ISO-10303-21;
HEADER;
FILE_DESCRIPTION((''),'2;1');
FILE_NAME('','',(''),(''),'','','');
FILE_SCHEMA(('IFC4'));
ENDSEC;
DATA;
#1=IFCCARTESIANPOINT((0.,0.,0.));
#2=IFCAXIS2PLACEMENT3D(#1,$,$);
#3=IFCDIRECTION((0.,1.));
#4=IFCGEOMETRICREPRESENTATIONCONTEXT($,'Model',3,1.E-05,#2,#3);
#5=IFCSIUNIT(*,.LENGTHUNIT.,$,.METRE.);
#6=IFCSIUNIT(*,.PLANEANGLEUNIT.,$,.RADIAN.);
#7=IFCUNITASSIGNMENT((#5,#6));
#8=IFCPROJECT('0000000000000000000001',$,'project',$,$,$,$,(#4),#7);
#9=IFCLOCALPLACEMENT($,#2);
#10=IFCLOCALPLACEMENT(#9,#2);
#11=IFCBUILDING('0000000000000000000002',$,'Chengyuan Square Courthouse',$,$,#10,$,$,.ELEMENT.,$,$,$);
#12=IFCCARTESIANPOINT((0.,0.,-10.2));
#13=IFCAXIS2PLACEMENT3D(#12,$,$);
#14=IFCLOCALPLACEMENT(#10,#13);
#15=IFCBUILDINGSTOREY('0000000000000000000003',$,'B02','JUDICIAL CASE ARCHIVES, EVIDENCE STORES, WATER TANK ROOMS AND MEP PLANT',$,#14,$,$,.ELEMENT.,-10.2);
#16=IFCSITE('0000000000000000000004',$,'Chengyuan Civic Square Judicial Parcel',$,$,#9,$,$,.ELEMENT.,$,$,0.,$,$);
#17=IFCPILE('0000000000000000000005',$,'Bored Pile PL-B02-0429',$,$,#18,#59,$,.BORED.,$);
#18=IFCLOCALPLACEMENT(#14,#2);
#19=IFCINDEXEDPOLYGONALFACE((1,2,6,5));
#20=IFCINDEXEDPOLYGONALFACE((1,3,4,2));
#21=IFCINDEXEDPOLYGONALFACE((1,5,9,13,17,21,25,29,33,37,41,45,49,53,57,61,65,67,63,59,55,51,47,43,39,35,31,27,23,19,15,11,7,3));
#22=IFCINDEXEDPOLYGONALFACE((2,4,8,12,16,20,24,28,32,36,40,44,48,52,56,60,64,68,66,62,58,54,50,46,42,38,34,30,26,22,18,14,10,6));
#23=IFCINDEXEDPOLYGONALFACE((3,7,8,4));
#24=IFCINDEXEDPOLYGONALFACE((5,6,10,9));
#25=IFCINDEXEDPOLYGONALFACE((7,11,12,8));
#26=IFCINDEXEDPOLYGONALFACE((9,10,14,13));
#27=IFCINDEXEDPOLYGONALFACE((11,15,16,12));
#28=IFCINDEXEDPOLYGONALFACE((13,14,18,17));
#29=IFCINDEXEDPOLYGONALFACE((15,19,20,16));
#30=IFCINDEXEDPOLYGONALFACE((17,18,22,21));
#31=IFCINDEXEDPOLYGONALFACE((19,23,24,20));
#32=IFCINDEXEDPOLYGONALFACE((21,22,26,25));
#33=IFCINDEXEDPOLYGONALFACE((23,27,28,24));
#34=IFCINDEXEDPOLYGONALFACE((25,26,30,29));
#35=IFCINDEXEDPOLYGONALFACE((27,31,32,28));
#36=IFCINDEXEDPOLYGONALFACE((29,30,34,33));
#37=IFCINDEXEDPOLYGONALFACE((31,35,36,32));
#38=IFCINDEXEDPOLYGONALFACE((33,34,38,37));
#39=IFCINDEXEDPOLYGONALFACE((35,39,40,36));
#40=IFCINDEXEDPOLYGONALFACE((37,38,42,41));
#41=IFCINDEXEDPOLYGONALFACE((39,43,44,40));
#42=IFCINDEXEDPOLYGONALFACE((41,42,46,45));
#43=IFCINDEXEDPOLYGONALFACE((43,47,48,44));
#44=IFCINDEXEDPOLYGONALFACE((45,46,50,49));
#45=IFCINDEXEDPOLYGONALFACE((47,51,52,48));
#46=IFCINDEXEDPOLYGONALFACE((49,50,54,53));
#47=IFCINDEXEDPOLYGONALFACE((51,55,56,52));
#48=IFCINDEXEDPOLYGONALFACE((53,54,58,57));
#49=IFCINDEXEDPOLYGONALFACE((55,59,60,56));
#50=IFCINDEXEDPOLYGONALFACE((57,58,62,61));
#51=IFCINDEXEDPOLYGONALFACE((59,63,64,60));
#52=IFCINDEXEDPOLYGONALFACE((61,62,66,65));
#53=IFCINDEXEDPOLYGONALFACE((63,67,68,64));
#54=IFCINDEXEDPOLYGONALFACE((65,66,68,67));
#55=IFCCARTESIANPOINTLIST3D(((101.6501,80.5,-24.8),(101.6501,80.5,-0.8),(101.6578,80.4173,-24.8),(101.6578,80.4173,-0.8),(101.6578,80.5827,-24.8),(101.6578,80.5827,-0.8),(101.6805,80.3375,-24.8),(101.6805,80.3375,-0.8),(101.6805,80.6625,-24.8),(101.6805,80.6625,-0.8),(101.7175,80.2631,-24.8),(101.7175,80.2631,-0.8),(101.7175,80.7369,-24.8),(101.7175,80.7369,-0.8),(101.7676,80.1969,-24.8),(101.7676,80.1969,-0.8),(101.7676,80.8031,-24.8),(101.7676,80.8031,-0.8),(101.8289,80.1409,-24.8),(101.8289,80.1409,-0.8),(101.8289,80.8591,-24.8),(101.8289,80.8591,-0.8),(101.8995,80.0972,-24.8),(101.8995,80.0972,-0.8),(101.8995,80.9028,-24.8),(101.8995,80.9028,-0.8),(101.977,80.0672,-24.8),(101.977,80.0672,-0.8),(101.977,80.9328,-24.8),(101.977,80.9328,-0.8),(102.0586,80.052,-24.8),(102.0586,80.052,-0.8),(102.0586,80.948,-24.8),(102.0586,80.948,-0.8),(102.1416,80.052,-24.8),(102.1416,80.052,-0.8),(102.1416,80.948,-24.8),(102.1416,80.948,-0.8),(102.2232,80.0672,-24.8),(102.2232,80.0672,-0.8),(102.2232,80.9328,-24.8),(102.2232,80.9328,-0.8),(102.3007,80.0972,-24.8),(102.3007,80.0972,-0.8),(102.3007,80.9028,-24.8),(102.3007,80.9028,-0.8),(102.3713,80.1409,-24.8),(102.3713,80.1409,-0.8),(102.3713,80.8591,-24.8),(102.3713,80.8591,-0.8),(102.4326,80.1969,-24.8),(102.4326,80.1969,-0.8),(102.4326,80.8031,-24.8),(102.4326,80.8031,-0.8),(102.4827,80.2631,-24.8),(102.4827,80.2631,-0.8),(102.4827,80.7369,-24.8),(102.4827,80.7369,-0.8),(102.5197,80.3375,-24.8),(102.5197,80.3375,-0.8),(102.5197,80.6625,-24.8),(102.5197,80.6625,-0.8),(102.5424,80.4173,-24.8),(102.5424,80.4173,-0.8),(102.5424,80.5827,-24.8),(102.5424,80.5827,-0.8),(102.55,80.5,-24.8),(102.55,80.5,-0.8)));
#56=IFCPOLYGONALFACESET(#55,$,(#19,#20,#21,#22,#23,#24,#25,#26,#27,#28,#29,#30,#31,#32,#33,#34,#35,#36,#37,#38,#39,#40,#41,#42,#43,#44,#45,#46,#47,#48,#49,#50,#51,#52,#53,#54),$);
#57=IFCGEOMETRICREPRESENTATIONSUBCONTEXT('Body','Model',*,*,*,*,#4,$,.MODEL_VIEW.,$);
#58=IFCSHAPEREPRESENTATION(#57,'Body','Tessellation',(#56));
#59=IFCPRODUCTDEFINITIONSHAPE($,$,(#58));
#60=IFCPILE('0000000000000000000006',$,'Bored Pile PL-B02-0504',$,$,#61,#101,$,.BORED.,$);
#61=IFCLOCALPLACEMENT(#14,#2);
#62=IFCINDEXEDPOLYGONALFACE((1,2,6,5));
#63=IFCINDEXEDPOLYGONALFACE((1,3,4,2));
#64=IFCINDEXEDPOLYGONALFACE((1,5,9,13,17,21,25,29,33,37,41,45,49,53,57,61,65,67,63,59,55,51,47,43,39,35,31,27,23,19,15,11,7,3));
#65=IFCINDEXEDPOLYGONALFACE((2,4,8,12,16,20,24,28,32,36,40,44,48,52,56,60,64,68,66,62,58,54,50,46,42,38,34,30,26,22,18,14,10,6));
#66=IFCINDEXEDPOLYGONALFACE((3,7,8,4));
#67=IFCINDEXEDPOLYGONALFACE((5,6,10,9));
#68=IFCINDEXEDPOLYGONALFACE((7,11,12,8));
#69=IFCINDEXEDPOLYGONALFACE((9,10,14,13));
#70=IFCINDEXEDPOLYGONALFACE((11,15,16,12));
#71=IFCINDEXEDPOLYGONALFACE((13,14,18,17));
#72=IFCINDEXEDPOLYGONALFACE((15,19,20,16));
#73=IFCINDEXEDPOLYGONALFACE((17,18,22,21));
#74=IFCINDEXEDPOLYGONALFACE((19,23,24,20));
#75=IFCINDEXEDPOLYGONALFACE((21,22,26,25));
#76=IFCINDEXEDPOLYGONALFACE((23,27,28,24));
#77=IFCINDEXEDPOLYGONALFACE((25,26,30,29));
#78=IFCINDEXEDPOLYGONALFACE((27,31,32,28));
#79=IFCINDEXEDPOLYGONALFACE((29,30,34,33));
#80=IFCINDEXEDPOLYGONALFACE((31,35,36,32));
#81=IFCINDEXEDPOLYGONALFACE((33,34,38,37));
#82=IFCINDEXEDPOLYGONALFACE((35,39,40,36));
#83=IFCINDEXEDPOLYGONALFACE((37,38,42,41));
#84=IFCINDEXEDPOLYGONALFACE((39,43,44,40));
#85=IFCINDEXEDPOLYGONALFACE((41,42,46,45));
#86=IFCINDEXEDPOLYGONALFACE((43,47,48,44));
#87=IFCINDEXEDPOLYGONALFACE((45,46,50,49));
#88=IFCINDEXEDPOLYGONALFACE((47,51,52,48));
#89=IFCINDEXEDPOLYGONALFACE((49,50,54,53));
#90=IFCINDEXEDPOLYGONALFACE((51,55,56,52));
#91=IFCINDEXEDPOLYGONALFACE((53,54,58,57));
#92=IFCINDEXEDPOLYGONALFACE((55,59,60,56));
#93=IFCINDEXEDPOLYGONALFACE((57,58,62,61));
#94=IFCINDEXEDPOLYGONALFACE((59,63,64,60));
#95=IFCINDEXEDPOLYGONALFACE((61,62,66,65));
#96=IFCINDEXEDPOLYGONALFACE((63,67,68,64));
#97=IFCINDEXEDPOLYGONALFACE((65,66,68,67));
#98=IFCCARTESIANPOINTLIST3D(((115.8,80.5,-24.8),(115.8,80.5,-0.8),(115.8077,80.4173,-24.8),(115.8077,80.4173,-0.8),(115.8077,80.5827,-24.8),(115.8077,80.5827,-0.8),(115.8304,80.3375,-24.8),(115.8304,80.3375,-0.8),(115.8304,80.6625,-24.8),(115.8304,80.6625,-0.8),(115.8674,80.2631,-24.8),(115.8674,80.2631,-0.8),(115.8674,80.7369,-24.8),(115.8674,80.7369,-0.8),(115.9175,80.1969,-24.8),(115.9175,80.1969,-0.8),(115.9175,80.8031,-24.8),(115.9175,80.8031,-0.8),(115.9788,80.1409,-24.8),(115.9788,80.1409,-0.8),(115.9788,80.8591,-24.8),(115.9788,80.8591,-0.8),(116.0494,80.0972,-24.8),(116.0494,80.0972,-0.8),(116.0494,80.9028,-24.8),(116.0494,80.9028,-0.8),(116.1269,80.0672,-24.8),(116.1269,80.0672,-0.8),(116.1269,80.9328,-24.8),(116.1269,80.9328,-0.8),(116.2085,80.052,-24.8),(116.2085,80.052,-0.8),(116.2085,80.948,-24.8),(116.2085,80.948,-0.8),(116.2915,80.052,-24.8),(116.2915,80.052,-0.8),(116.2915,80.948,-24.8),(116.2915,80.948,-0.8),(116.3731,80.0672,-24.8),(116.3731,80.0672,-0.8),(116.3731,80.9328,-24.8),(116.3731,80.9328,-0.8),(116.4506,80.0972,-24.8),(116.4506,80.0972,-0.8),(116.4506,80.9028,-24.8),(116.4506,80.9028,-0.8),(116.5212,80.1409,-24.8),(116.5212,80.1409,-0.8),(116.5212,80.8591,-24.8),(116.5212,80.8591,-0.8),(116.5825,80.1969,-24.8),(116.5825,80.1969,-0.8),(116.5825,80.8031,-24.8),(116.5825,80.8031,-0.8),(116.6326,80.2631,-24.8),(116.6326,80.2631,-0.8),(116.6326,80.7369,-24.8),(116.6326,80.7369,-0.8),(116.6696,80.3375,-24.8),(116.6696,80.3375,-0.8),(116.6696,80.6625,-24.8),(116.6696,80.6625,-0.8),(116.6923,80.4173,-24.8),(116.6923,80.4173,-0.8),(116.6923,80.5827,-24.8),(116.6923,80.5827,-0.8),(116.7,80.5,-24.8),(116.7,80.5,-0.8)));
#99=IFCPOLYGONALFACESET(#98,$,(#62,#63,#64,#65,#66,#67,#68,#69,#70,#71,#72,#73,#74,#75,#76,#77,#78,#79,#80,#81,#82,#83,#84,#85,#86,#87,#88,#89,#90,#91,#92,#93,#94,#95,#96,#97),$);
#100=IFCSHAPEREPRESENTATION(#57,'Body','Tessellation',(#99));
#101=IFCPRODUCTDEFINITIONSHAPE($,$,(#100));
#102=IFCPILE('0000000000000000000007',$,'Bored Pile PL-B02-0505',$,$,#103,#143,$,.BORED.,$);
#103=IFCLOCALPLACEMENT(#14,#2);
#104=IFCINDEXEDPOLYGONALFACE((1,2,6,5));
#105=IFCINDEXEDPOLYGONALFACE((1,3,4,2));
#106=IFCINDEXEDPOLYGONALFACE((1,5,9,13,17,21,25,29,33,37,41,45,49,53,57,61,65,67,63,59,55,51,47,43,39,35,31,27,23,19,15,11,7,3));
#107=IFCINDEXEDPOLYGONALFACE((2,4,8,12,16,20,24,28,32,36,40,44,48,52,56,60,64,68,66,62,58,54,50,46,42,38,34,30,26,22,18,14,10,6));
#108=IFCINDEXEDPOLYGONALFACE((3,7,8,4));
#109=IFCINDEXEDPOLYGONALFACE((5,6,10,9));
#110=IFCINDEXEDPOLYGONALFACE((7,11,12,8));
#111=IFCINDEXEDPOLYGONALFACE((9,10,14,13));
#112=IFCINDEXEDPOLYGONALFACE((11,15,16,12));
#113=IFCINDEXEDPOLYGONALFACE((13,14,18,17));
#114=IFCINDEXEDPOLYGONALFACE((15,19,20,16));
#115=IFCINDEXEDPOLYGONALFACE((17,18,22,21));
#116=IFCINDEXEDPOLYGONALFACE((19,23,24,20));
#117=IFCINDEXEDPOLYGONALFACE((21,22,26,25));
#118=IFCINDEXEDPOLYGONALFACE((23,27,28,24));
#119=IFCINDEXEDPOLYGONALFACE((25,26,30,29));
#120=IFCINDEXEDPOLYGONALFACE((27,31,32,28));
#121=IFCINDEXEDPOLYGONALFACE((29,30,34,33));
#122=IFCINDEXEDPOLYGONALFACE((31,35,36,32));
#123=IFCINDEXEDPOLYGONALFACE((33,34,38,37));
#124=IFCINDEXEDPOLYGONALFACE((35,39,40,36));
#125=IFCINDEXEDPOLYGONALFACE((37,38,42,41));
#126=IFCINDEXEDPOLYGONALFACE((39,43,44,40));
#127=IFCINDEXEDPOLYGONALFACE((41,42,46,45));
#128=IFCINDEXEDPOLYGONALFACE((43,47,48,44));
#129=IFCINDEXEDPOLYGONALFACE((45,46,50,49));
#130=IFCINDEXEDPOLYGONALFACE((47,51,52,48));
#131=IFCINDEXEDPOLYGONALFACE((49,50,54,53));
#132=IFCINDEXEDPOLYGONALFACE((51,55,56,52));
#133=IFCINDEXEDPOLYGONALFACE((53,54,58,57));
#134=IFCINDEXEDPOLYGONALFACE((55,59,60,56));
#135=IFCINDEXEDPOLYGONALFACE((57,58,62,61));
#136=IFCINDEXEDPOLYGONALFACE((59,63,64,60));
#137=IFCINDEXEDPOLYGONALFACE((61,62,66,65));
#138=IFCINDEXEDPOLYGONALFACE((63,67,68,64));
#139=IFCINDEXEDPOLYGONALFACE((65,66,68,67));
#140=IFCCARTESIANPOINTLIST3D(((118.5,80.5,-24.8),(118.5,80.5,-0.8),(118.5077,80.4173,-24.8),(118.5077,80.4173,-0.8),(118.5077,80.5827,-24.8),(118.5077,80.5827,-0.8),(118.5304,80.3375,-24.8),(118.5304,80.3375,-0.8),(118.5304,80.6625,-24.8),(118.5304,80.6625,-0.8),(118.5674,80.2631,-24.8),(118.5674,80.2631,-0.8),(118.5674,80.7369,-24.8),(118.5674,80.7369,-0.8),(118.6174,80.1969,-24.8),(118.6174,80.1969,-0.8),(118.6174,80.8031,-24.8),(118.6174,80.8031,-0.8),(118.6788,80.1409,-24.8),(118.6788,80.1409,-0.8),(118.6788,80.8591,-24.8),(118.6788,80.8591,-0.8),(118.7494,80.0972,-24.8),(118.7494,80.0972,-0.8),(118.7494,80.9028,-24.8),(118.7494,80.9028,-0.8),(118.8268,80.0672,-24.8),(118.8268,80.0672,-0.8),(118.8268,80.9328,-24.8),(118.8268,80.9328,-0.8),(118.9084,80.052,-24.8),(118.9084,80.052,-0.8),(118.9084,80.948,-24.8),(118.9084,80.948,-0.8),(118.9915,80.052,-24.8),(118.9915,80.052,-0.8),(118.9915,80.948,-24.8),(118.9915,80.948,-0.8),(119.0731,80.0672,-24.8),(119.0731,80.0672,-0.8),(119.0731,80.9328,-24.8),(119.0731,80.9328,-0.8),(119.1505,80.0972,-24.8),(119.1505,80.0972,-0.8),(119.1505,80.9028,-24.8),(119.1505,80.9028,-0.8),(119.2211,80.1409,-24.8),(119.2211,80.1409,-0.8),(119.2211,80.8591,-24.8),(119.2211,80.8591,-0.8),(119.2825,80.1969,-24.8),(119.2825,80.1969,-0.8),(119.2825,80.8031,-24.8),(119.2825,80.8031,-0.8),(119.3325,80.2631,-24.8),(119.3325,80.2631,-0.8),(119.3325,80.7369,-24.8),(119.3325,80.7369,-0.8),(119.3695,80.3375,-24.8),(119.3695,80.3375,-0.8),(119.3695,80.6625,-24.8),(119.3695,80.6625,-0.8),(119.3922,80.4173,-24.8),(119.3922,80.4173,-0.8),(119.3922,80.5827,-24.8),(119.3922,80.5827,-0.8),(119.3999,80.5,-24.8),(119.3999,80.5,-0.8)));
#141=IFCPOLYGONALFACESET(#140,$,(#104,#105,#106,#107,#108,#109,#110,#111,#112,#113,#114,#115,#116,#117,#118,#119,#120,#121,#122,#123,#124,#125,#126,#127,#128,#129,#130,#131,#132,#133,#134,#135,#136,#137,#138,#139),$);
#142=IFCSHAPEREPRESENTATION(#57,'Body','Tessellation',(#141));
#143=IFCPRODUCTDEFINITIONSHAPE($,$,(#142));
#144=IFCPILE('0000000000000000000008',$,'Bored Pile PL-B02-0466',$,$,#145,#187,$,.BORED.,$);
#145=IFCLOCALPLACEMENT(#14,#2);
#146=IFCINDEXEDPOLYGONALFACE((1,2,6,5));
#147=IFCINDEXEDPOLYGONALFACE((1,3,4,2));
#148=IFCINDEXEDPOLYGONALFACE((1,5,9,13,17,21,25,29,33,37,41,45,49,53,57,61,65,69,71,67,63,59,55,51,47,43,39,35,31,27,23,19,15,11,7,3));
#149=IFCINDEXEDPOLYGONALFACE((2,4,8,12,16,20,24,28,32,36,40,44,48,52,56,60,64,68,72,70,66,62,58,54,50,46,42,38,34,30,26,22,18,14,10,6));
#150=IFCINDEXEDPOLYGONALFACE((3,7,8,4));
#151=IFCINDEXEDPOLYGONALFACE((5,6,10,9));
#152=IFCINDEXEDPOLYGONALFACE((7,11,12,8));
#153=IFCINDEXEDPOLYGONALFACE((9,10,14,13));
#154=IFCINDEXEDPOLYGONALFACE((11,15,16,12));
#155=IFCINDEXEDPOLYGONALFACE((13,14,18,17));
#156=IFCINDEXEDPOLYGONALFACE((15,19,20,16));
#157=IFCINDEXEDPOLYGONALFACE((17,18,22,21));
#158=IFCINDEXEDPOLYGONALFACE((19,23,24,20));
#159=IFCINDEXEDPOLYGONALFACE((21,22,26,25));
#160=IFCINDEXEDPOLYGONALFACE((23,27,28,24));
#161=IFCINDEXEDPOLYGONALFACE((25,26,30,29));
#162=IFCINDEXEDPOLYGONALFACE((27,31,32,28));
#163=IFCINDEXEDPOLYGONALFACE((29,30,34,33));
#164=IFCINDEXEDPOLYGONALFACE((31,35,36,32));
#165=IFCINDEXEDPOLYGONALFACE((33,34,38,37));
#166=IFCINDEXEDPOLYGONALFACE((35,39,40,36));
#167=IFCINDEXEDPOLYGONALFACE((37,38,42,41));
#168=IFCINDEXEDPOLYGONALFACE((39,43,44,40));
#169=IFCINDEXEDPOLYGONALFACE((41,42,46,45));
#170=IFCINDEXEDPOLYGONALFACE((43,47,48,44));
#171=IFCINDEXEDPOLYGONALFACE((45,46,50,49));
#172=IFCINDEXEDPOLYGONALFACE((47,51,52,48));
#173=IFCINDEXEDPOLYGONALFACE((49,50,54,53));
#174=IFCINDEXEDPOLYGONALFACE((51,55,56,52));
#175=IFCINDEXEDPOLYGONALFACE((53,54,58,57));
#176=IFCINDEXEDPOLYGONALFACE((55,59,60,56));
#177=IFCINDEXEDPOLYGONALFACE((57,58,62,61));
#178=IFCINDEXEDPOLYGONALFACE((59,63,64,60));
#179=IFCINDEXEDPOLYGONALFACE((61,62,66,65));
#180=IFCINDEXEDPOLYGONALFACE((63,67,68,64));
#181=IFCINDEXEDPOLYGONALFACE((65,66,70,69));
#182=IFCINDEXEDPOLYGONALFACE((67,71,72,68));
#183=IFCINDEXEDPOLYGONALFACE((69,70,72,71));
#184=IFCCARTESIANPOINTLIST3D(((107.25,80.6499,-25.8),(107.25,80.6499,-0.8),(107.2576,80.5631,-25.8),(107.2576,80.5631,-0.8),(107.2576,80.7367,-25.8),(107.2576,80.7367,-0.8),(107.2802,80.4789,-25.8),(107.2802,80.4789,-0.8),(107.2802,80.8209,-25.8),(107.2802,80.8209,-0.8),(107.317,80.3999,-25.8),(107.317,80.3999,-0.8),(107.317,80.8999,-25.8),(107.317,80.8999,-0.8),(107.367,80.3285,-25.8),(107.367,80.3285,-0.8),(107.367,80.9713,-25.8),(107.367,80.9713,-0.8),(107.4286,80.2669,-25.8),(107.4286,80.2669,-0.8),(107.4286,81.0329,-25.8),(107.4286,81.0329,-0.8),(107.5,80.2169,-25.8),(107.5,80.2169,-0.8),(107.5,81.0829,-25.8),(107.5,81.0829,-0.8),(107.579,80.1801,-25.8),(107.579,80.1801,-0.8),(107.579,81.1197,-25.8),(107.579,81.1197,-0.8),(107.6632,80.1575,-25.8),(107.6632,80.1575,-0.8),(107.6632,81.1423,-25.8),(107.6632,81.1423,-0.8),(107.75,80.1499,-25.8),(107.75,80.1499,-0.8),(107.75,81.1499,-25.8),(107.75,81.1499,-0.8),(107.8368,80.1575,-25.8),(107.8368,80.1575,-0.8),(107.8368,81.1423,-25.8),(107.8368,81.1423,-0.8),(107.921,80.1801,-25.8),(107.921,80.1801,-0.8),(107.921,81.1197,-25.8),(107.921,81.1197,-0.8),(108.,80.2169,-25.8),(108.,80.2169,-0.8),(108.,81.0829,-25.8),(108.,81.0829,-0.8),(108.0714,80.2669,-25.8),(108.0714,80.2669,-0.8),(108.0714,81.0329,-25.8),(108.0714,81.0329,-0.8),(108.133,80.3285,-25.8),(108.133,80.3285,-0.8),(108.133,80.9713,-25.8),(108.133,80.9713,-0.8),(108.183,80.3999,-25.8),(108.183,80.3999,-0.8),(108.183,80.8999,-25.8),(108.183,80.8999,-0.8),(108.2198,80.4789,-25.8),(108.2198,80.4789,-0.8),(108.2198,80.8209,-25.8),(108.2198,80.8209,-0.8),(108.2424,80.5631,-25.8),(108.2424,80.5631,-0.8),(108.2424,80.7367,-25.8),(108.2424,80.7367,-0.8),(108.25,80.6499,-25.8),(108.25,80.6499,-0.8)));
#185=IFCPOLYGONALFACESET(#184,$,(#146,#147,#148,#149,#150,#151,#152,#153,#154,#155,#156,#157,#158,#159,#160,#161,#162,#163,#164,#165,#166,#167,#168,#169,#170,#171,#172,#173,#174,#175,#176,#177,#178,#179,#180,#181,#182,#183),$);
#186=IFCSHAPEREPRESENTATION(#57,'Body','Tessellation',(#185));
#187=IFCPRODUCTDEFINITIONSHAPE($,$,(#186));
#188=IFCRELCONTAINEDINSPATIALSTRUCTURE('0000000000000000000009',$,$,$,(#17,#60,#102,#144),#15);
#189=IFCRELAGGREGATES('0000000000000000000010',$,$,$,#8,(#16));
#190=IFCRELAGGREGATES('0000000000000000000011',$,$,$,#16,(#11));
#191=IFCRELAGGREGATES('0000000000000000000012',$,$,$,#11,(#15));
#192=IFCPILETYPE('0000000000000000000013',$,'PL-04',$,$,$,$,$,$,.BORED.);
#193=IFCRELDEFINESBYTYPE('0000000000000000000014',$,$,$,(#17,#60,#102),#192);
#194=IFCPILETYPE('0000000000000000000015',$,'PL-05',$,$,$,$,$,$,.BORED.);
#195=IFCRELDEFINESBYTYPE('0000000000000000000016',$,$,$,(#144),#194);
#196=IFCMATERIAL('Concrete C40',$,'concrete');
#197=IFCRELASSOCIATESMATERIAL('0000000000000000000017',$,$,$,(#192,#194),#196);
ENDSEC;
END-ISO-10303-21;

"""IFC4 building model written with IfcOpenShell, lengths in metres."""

from ifc_helpers import new_model, si_unit, direction, frame, origin, origin_2d, place, context, subcontext, project, spatial, circle, extrude, material, material_profile, profile_set, type_object, element, save


model = new_model("IFC4")

# Units and contexts
model_context = context("Model", 3, precision=1e-05, world=origin(), true_north=direction((0.0, 1.0)))
body_context = subcontext(model_context, "Body", "Model", "MODEL_VIEW")
ifc_project = project(units=[si_unit("LENGTHUNIT", "METRE"), si_unit("PLANEANGLEUNIT", "RADIAN")], contexts=[model_context])

# Site, building, storey
site_placement = place(None, origin())
site = spatial("IfcSite", under=ifc_project, at=site_placement, Name="Chengyuan Civic Square Judicial Parcel", CompositionType="ELEMENT", RefElevation=0.0)
building_placement = place(site_placement, origin())
building = spatial("IfcBuilding", under=site, at=building_placement, Name="Chengyuan Square Courthouse", CompositionType="ELEMENT")
storey_placement = place(building_placement, frame((0.0, 0.0, -10.2)))
storey = spatial("IfcBuildingStorey", under=building, at=storey_placement, Name="B02", Description="JUDICIAL CASE ARCHIVES, EVIDENCE STORES, WATER TANK ROOMS AND MEP PLANT", CompositionType="ELEMENT", Elevation=-10.2)

# Shared definitions
ifc_material_1 = material(Name="Concrete C40", Category="concrete")

# Piles
ifc_material_profile_1 = material_profile(ifc_material_1, circle(Radius=0.45, at=origin_2d()), Name="BORED PILE D900")
ifc_profile_set_1 = profile_set([ifc_material_profile_1], Name="Concrete C40")
pile_type_1 = type_object("IfcPileType", Name="PL-04", PredefinedType="BORED", material=ifc_profile_set_1)
for number, where, z_axis, x_axis, name in (
    (1, (102.1001, 80.5, -0.8), (0.0, 0.0, -1.0), (1.0, 0.0, 0.0), "Bored Pile PL-B02-0429"),
    (2, (116.25, 80.5, -0.8), (0.0, 0.0, -1.0), (1.0, 0.0, 0.0), "Bored Pile PL-B02-0504"),
    (3, (118.95, 80.5, -0.8), (0.0, 0.0, -1.0), (1.0, 0.0, 0.0), "Bored Pile PL-B02-0505"),
):
    element("IfcPile", number, at=place(storey_placement, frame(where, z_axis=z_axis, x_axis=x_axis)), inside=storey, type_object=pile_type_1, Name=name, PredefinedType="BORED", context=body_context, shape_type="SweptSolid", body=[
        extrude(circle(Radius=0.45, at=origin_2d()), origin(), (0.0, 0.0, 1.0), 24.0),
    ])
ifc_material_profile_2 = material_profile(ifc_material_1, circle(Radius=0.5, at=origin_2d()), Name="BORED PILE D1000")
ifc_profile_set_2 = profile_set([ifc_material_profile_2], Name="Concrete C40")
pile_type_2 = type_object("IfcPileType", Name="PL-05", PredefinedType="BORED", material=ifc_profile_set_2)
for number, where, z_axis, x_axis, name in (
    (4, (107.75, 80.6499, -0.8), (0.0, 0.0, -1.0), (1.0, 0.0, 0.0), "Bored Pile PL-B02-0466"),
):
    element("IfcPile", number, at=place(storey_placement, frame(where, z_axis=z_axis, x_axis=x_axis)), inside=storey, type_object=pile_type_2, Name=name, PredefinedType="BORED", context=body_context, shape_type="SweptSolid", body=[
        extrude(circle(Radius=0.5, at=origin_2d()), origin(), (0.0, 0.0, 1.0), 25.0),
    ])

save(model, "model.ifc")
